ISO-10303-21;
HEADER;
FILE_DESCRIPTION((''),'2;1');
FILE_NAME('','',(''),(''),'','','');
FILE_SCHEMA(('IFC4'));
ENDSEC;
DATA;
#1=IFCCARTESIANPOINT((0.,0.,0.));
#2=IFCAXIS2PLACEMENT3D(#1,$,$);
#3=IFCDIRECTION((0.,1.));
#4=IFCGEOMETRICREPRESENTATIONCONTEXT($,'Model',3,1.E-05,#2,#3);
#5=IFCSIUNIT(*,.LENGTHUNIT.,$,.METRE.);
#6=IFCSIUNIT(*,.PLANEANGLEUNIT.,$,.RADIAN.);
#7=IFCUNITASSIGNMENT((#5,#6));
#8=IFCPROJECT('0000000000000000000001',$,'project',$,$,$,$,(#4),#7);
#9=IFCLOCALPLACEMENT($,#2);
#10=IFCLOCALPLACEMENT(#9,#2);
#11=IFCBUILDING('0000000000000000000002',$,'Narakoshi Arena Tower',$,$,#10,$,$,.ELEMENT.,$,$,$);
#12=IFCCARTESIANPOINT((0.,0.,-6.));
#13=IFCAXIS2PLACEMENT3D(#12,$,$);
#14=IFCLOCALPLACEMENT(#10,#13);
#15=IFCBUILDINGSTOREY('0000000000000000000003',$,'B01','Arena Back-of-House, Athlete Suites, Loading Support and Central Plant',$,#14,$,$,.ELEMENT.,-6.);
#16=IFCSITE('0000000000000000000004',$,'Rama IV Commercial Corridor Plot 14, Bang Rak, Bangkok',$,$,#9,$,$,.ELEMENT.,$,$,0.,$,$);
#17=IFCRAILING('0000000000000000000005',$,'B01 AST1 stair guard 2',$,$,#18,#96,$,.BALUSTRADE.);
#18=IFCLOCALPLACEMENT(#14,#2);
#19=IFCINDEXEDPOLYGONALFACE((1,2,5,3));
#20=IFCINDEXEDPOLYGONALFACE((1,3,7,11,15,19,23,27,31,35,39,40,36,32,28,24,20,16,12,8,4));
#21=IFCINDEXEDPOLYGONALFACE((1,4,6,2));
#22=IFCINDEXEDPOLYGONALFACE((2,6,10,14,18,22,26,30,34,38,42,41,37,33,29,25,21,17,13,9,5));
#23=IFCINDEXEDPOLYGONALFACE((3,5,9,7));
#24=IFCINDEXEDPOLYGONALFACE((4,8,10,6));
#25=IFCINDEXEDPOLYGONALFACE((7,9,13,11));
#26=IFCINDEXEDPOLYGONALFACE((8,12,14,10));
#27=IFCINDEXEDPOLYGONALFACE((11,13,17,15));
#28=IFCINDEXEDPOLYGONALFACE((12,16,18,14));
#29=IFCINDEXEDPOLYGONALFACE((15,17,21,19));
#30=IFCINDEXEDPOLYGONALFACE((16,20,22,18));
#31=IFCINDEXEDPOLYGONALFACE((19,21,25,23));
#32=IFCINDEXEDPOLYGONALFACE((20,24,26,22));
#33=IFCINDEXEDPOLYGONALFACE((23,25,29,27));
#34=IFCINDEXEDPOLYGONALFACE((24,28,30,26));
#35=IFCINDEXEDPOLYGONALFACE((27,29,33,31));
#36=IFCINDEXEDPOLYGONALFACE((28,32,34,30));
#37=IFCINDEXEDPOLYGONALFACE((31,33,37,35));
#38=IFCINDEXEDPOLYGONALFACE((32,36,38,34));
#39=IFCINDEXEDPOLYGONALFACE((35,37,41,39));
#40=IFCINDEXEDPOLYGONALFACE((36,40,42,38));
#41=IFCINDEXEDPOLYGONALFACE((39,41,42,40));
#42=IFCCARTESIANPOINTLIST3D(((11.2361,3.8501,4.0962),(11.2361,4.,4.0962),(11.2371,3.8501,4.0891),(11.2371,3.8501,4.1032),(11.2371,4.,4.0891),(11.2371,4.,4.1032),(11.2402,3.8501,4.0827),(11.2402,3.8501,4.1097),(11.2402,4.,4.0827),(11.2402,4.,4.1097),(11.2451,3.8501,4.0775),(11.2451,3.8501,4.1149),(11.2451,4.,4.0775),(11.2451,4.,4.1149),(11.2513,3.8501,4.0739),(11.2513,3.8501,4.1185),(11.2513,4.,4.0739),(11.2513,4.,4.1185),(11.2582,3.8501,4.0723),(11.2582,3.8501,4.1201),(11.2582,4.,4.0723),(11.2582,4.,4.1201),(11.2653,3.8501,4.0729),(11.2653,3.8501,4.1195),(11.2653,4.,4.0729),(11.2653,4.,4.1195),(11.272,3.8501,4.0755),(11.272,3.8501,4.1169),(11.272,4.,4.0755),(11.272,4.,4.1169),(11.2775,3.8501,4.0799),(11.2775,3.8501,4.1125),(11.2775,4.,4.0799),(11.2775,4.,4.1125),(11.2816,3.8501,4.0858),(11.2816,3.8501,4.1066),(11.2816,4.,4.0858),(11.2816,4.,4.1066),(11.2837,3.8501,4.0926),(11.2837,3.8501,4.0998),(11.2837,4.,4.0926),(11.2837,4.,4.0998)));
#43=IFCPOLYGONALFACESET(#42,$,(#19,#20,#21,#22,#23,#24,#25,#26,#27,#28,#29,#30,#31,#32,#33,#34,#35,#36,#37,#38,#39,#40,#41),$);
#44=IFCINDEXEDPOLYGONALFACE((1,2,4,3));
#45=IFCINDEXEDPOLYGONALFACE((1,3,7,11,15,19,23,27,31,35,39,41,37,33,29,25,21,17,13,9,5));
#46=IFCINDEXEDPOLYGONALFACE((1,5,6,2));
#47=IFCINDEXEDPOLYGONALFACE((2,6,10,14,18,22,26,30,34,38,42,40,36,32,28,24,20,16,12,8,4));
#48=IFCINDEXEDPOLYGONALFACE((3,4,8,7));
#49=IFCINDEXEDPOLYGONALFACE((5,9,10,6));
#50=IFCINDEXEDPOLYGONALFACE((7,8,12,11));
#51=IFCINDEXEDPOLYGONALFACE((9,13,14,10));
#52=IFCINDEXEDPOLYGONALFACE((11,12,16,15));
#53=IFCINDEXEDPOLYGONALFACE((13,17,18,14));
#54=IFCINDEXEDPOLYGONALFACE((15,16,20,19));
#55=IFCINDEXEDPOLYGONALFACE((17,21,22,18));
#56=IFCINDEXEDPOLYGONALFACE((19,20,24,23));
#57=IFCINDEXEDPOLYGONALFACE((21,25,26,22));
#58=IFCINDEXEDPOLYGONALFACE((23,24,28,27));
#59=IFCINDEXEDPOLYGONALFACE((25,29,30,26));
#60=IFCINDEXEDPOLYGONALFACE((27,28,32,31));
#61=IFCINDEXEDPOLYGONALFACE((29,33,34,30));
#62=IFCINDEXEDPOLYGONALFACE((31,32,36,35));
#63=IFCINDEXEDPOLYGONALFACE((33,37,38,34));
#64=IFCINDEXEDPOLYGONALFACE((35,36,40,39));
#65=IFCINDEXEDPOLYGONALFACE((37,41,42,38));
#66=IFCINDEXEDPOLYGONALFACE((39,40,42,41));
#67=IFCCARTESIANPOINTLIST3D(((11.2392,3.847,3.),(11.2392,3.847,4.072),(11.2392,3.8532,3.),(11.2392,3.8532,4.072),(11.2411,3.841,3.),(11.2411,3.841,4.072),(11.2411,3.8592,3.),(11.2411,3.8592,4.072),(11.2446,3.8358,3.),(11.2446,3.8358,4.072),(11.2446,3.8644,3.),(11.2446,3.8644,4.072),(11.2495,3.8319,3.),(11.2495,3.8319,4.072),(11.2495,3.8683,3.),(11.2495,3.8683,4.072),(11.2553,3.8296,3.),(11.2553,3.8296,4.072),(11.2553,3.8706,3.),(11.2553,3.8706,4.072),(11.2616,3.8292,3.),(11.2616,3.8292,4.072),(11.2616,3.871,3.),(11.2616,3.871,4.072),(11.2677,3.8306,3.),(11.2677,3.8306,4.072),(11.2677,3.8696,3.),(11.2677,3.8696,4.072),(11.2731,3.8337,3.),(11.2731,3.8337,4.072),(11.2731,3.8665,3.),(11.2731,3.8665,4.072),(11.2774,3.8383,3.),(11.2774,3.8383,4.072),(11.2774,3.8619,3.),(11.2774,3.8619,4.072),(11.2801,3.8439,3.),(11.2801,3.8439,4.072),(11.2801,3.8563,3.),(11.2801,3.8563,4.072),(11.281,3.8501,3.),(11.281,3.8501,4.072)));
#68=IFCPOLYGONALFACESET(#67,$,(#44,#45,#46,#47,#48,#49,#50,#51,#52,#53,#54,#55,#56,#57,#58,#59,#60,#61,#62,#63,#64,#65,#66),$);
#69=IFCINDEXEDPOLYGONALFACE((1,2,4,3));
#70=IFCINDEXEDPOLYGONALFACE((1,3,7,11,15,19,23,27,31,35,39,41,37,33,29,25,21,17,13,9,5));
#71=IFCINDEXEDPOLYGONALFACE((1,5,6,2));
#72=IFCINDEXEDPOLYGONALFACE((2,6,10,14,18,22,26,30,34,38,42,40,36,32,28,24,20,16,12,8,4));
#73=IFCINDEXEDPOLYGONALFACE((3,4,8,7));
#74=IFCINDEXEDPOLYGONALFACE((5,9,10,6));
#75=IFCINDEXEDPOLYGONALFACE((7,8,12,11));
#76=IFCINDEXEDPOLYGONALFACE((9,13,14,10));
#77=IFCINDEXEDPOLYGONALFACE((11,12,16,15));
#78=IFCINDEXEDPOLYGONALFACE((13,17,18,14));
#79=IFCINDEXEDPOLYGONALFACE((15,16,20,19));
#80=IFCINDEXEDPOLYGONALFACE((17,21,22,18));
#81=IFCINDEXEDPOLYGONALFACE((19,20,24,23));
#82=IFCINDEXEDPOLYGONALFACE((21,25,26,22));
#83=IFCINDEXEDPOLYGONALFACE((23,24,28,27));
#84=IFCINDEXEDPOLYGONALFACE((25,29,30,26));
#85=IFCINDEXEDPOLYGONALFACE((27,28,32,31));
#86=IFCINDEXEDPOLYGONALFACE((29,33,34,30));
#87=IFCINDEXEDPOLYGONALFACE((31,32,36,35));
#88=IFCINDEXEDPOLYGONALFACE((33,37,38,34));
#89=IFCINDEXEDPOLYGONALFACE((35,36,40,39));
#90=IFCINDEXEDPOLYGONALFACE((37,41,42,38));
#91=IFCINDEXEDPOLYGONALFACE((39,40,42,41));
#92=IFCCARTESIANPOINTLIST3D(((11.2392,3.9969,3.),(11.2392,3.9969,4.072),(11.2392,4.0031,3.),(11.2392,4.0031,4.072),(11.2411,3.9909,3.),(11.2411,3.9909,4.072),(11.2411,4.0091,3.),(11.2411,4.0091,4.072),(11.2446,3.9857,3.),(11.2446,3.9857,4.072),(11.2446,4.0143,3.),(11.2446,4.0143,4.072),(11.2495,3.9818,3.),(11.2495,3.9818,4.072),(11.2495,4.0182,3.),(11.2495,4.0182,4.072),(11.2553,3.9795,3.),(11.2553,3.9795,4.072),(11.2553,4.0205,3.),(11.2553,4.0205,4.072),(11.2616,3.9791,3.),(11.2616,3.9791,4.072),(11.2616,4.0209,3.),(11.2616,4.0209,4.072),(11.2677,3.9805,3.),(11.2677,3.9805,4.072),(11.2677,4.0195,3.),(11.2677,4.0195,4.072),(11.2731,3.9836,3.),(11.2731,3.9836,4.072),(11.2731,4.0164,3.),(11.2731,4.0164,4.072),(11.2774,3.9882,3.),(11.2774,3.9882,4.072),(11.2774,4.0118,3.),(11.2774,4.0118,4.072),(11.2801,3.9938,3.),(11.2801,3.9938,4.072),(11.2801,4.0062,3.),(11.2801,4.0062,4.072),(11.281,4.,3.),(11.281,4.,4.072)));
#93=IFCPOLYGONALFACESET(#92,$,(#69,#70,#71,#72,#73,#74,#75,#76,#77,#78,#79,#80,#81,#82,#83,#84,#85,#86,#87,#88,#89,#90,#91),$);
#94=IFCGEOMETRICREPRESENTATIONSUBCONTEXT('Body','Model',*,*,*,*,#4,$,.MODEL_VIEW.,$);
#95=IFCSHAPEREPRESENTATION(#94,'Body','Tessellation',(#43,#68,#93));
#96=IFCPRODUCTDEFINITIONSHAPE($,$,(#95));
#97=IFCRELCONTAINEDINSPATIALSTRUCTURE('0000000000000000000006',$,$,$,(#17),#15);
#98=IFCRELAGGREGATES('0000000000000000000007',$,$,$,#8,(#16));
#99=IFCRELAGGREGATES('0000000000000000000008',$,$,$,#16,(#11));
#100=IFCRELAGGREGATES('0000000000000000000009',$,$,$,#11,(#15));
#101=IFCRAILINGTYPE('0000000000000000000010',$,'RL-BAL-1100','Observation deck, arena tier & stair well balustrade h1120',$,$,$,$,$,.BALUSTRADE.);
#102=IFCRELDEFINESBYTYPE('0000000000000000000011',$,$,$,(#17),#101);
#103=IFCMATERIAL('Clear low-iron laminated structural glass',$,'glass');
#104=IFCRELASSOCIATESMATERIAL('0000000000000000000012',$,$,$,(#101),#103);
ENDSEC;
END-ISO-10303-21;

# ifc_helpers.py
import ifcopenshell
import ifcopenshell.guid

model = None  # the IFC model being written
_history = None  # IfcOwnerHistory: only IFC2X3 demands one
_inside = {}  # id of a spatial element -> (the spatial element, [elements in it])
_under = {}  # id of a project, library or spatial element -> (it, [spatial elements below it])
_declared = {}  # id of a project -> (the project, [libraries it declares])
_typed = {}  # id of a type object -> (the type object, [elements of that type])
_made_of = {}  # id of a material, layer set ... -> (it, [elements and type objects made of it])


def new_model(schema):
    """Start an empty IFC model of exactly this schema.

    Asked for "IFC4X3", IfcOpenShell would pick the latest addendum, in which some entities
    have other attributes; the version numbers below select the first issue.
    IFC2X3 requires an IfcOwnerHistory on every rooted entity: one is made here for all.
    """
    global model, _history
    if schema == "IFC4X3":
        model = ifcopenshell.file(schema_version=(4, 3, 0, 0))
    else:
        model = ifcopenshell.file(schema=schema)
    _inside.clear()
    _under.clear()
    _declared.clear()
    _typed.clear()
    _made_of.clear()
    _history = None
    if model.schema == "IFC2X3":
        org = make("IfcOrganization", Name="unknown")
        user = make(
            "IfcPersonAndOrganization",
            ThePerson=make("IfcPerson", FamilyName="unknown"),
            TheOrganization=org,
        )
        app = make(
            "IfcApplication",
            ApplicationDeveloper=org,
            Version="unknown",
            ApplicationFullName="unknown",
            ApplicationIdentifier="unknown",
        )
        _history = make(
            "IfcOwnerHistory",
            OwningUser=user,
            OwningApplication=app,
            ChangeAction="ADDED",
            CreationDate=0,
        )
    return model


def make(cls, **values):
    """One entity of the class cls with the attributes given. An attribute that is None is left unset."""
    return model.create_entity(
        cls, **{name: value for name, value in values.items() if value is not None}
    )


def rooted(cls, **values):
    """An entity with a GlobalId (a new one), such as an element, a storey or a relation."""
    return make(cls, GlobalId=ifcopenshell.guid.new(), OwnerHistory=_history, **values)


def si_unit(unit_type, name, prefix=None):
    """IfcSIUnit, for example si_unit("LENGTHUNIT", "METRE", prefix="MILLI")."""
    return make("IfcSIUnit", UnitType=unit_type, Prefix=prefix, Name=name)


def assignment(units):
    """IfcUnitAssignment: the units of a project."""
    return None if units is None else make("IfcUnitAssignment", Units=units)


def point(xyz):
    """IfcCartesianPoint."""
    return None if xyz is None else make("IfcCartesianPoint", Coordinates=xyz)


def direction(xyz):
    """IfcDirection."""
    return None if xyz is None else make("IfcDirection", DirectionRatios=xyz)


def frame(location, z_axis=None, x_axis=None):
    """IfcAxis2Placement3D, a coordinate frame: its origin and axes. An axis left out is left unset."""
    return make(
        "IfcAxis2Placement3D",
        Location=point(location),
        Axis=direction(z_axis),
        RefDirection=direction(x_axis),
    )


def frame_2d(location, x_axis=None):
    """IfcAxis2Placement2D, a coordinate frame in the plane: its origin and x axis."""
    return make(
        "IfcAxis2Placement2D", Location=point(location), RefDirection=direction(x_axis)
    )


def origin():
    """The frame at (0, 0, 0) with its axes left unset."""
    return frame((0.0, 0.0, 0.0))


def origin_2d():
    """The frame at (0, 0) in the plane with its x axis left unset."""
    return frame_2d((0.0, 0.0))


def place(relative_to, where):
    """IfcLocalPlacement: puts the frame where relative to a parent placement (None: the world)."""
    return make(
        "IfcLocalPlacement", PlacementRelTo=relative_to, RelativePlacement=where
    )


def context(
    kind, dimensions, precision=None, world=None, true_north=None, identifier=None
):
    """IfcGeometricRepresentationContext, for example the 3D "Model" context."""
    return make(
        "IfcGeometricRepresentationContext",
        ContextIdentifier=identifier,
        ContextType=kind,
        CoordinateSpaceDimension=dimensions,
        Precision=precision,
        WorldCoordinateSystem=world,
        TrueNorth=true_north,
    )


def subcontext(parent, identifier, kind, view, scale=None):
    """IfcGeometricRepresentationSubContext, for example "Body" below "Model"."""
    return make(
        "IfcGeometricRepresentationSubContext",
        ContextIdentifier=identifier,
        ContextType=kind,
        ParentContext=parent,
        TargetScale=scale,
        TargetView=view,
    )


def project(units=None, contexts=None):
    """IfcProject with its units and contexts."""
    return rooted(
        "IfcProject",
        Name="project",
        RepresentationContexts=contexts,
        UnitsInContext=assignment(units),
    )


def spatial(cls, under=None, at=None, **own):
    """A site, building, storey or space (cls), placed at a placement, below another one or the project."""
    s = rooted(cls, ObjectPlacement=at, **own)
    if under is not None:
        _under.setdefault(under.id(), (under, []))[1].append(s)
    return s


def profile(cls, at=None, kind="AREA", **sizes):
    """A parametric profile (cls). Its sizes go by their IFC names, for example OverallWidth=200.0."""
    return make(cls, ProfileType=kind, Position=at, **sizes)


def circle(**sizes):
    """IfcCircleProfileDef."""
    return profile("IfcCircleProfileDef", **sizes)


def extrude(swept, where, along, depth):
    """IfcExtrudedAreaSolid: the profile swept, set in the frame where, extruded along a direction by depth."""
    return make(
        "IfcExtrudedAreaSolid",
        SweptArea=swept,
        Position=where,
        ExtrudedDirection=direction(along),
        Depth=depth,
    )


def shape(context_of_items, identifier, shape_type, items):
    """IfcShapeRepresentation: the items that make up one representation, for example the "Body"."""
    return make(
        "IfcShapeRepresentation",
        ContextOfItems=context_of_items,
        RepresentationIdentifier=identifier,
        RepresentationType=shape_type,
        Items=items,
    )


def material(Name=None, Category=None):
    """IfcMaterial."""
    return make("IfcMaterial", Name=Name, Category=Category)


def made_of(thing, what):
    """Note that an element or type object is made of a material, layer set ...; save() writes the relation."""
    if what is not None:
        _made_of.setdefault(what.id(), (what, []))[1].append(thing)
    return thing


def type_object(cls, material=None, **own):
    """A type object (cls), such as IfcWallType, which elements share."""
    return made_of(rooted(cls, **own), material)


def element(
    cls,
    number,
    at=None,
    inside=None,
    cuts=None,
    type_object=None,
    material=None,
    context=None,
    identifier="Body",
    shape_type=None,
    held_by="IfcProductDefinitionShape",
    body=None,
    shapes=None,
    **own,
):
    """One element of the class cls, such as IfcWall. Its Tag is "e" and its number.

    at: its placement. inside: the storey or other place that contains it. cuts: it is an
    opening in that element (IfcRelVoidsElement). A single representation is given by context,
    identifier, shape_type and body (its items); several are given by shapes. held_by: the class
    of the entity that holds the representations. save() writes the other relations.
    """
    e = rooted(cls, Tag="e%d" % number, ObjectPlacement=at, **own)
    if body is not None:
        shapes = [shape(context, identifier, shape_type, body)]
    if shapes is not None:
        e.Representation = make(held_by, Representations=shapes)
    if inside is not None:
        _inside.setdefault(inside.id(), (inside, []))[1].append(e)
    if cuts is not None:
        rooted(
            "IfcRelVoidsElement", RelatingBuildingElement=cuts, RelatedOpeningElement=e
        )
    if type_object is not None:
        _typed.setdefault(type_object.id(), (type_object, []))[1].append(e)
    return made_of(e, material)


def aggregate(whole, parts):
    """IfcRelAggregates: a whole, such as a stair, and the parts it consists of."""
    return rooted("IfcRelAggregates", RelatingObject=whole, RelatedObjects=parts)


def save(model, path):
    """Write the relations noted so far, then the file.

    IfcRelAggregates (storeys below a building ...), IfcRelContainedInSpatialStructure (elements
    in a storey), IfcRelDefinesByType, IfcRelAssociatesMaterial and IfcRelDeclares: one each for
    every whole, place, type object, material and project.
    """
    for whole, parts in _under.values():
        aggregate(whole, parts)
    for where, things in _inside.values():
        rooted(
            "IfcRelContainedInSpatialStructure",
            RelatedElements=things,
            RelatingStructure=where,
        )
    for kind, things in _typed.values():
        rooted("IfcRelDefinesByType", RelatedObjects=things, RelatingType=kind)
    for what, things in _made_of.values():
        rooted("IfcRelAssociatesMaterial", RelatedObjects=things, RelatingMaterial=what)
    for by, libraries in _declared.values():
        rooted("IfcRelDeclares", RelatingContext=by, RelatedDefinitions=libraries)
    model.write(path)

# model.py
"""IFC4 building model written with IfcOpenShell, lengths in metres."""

from ifc_helpers import new_model, si_unit, direction, frame, origin, origin_2d, place, context, subcontext, project, spatial, circle, extrude, material, type_object, element, save


model = new_model("IFC4")

# Units and contexts
model_context = context("Model", 3, precision=1e-05, world=origin(), true_north=direction((0.0, 1.0)))
body_context = subcontext(model_context, "Body", "Model", "MODEL_VIEW")
ifc_project = project(units=[si_unit("LENGTHUNIT", "METRE"), si_unit("PLANEANGLEUNIT", "RADIAN")], contexts=[model_context])

# Site, building, storey
site_placement = place(None, origin())
site = spatial("IfcSite", under=ifc_project, at=site_placement, Name="Rama IV Commercial Corridor Plot 14, Bang Rak, Bangkok", CompositionType="ELEMENT", RefElevation=0.0)
building_placement = place(site_placement, origin())
building = spatial("IfcBuilding", under=site, at=building_placement, Name="Narakoshi Arena Tower", CompositionType="ELEMENT")
storey_placement = place(building_placement, frame((0.0, 0.0, -6.0)))
storey = spatial("IfcBuildingStorey", under=building, at=storey_placement, Name="B01", Description="Arena Back-of-House, Athlete Suites, Loading Support and Central Plant", CompositionType="ELEMENT", Elevation=-6.0)

# Railing
ifc_material_1 = material(Name="Clear low-iron laminated structural glass", Category="glass")
railing_type_1 = type_object("IfcRailingType", Name="RL-BAL-1100", Description="Observation deck, arena tier & stair well balustrade h1120", PredefinedType="BALUSTRADE", material=ifc_material_1)
railing_1_placement = place(storey_placement, frame((11.26, 3.8501, 3.0)))
element("IfcRailing", 1, at=railing_1_placement, inside=storey, type_object=railing_type_1, Name="B01 AST1 stair guard 2", PredefinedType="BALUSTRADE", context=body_context, shape_type="SweptSolid", body=[
    extrude(circle(Radius=0.0239, at=origin_2d()), frame((0.0, 0.0, 1.0962), z_axis=(0.0, 1.0, 0.0), x_axis=(-1.0, 0.0, 0.0)), (0.0, 0.0, 1.0), 0.1499),
    extrude(circle(Radius=0.021, at=origin_2d()), origin(), (0.0, 0.0, 1.0), 1.072),
    extrude(circle(Radius=0.021, at=origin_2d()), frame((0.0, 0.1499, 0.0)), (0.0, 0.0, 1.0), 1.072),
])

save(model, "model.ifc")
